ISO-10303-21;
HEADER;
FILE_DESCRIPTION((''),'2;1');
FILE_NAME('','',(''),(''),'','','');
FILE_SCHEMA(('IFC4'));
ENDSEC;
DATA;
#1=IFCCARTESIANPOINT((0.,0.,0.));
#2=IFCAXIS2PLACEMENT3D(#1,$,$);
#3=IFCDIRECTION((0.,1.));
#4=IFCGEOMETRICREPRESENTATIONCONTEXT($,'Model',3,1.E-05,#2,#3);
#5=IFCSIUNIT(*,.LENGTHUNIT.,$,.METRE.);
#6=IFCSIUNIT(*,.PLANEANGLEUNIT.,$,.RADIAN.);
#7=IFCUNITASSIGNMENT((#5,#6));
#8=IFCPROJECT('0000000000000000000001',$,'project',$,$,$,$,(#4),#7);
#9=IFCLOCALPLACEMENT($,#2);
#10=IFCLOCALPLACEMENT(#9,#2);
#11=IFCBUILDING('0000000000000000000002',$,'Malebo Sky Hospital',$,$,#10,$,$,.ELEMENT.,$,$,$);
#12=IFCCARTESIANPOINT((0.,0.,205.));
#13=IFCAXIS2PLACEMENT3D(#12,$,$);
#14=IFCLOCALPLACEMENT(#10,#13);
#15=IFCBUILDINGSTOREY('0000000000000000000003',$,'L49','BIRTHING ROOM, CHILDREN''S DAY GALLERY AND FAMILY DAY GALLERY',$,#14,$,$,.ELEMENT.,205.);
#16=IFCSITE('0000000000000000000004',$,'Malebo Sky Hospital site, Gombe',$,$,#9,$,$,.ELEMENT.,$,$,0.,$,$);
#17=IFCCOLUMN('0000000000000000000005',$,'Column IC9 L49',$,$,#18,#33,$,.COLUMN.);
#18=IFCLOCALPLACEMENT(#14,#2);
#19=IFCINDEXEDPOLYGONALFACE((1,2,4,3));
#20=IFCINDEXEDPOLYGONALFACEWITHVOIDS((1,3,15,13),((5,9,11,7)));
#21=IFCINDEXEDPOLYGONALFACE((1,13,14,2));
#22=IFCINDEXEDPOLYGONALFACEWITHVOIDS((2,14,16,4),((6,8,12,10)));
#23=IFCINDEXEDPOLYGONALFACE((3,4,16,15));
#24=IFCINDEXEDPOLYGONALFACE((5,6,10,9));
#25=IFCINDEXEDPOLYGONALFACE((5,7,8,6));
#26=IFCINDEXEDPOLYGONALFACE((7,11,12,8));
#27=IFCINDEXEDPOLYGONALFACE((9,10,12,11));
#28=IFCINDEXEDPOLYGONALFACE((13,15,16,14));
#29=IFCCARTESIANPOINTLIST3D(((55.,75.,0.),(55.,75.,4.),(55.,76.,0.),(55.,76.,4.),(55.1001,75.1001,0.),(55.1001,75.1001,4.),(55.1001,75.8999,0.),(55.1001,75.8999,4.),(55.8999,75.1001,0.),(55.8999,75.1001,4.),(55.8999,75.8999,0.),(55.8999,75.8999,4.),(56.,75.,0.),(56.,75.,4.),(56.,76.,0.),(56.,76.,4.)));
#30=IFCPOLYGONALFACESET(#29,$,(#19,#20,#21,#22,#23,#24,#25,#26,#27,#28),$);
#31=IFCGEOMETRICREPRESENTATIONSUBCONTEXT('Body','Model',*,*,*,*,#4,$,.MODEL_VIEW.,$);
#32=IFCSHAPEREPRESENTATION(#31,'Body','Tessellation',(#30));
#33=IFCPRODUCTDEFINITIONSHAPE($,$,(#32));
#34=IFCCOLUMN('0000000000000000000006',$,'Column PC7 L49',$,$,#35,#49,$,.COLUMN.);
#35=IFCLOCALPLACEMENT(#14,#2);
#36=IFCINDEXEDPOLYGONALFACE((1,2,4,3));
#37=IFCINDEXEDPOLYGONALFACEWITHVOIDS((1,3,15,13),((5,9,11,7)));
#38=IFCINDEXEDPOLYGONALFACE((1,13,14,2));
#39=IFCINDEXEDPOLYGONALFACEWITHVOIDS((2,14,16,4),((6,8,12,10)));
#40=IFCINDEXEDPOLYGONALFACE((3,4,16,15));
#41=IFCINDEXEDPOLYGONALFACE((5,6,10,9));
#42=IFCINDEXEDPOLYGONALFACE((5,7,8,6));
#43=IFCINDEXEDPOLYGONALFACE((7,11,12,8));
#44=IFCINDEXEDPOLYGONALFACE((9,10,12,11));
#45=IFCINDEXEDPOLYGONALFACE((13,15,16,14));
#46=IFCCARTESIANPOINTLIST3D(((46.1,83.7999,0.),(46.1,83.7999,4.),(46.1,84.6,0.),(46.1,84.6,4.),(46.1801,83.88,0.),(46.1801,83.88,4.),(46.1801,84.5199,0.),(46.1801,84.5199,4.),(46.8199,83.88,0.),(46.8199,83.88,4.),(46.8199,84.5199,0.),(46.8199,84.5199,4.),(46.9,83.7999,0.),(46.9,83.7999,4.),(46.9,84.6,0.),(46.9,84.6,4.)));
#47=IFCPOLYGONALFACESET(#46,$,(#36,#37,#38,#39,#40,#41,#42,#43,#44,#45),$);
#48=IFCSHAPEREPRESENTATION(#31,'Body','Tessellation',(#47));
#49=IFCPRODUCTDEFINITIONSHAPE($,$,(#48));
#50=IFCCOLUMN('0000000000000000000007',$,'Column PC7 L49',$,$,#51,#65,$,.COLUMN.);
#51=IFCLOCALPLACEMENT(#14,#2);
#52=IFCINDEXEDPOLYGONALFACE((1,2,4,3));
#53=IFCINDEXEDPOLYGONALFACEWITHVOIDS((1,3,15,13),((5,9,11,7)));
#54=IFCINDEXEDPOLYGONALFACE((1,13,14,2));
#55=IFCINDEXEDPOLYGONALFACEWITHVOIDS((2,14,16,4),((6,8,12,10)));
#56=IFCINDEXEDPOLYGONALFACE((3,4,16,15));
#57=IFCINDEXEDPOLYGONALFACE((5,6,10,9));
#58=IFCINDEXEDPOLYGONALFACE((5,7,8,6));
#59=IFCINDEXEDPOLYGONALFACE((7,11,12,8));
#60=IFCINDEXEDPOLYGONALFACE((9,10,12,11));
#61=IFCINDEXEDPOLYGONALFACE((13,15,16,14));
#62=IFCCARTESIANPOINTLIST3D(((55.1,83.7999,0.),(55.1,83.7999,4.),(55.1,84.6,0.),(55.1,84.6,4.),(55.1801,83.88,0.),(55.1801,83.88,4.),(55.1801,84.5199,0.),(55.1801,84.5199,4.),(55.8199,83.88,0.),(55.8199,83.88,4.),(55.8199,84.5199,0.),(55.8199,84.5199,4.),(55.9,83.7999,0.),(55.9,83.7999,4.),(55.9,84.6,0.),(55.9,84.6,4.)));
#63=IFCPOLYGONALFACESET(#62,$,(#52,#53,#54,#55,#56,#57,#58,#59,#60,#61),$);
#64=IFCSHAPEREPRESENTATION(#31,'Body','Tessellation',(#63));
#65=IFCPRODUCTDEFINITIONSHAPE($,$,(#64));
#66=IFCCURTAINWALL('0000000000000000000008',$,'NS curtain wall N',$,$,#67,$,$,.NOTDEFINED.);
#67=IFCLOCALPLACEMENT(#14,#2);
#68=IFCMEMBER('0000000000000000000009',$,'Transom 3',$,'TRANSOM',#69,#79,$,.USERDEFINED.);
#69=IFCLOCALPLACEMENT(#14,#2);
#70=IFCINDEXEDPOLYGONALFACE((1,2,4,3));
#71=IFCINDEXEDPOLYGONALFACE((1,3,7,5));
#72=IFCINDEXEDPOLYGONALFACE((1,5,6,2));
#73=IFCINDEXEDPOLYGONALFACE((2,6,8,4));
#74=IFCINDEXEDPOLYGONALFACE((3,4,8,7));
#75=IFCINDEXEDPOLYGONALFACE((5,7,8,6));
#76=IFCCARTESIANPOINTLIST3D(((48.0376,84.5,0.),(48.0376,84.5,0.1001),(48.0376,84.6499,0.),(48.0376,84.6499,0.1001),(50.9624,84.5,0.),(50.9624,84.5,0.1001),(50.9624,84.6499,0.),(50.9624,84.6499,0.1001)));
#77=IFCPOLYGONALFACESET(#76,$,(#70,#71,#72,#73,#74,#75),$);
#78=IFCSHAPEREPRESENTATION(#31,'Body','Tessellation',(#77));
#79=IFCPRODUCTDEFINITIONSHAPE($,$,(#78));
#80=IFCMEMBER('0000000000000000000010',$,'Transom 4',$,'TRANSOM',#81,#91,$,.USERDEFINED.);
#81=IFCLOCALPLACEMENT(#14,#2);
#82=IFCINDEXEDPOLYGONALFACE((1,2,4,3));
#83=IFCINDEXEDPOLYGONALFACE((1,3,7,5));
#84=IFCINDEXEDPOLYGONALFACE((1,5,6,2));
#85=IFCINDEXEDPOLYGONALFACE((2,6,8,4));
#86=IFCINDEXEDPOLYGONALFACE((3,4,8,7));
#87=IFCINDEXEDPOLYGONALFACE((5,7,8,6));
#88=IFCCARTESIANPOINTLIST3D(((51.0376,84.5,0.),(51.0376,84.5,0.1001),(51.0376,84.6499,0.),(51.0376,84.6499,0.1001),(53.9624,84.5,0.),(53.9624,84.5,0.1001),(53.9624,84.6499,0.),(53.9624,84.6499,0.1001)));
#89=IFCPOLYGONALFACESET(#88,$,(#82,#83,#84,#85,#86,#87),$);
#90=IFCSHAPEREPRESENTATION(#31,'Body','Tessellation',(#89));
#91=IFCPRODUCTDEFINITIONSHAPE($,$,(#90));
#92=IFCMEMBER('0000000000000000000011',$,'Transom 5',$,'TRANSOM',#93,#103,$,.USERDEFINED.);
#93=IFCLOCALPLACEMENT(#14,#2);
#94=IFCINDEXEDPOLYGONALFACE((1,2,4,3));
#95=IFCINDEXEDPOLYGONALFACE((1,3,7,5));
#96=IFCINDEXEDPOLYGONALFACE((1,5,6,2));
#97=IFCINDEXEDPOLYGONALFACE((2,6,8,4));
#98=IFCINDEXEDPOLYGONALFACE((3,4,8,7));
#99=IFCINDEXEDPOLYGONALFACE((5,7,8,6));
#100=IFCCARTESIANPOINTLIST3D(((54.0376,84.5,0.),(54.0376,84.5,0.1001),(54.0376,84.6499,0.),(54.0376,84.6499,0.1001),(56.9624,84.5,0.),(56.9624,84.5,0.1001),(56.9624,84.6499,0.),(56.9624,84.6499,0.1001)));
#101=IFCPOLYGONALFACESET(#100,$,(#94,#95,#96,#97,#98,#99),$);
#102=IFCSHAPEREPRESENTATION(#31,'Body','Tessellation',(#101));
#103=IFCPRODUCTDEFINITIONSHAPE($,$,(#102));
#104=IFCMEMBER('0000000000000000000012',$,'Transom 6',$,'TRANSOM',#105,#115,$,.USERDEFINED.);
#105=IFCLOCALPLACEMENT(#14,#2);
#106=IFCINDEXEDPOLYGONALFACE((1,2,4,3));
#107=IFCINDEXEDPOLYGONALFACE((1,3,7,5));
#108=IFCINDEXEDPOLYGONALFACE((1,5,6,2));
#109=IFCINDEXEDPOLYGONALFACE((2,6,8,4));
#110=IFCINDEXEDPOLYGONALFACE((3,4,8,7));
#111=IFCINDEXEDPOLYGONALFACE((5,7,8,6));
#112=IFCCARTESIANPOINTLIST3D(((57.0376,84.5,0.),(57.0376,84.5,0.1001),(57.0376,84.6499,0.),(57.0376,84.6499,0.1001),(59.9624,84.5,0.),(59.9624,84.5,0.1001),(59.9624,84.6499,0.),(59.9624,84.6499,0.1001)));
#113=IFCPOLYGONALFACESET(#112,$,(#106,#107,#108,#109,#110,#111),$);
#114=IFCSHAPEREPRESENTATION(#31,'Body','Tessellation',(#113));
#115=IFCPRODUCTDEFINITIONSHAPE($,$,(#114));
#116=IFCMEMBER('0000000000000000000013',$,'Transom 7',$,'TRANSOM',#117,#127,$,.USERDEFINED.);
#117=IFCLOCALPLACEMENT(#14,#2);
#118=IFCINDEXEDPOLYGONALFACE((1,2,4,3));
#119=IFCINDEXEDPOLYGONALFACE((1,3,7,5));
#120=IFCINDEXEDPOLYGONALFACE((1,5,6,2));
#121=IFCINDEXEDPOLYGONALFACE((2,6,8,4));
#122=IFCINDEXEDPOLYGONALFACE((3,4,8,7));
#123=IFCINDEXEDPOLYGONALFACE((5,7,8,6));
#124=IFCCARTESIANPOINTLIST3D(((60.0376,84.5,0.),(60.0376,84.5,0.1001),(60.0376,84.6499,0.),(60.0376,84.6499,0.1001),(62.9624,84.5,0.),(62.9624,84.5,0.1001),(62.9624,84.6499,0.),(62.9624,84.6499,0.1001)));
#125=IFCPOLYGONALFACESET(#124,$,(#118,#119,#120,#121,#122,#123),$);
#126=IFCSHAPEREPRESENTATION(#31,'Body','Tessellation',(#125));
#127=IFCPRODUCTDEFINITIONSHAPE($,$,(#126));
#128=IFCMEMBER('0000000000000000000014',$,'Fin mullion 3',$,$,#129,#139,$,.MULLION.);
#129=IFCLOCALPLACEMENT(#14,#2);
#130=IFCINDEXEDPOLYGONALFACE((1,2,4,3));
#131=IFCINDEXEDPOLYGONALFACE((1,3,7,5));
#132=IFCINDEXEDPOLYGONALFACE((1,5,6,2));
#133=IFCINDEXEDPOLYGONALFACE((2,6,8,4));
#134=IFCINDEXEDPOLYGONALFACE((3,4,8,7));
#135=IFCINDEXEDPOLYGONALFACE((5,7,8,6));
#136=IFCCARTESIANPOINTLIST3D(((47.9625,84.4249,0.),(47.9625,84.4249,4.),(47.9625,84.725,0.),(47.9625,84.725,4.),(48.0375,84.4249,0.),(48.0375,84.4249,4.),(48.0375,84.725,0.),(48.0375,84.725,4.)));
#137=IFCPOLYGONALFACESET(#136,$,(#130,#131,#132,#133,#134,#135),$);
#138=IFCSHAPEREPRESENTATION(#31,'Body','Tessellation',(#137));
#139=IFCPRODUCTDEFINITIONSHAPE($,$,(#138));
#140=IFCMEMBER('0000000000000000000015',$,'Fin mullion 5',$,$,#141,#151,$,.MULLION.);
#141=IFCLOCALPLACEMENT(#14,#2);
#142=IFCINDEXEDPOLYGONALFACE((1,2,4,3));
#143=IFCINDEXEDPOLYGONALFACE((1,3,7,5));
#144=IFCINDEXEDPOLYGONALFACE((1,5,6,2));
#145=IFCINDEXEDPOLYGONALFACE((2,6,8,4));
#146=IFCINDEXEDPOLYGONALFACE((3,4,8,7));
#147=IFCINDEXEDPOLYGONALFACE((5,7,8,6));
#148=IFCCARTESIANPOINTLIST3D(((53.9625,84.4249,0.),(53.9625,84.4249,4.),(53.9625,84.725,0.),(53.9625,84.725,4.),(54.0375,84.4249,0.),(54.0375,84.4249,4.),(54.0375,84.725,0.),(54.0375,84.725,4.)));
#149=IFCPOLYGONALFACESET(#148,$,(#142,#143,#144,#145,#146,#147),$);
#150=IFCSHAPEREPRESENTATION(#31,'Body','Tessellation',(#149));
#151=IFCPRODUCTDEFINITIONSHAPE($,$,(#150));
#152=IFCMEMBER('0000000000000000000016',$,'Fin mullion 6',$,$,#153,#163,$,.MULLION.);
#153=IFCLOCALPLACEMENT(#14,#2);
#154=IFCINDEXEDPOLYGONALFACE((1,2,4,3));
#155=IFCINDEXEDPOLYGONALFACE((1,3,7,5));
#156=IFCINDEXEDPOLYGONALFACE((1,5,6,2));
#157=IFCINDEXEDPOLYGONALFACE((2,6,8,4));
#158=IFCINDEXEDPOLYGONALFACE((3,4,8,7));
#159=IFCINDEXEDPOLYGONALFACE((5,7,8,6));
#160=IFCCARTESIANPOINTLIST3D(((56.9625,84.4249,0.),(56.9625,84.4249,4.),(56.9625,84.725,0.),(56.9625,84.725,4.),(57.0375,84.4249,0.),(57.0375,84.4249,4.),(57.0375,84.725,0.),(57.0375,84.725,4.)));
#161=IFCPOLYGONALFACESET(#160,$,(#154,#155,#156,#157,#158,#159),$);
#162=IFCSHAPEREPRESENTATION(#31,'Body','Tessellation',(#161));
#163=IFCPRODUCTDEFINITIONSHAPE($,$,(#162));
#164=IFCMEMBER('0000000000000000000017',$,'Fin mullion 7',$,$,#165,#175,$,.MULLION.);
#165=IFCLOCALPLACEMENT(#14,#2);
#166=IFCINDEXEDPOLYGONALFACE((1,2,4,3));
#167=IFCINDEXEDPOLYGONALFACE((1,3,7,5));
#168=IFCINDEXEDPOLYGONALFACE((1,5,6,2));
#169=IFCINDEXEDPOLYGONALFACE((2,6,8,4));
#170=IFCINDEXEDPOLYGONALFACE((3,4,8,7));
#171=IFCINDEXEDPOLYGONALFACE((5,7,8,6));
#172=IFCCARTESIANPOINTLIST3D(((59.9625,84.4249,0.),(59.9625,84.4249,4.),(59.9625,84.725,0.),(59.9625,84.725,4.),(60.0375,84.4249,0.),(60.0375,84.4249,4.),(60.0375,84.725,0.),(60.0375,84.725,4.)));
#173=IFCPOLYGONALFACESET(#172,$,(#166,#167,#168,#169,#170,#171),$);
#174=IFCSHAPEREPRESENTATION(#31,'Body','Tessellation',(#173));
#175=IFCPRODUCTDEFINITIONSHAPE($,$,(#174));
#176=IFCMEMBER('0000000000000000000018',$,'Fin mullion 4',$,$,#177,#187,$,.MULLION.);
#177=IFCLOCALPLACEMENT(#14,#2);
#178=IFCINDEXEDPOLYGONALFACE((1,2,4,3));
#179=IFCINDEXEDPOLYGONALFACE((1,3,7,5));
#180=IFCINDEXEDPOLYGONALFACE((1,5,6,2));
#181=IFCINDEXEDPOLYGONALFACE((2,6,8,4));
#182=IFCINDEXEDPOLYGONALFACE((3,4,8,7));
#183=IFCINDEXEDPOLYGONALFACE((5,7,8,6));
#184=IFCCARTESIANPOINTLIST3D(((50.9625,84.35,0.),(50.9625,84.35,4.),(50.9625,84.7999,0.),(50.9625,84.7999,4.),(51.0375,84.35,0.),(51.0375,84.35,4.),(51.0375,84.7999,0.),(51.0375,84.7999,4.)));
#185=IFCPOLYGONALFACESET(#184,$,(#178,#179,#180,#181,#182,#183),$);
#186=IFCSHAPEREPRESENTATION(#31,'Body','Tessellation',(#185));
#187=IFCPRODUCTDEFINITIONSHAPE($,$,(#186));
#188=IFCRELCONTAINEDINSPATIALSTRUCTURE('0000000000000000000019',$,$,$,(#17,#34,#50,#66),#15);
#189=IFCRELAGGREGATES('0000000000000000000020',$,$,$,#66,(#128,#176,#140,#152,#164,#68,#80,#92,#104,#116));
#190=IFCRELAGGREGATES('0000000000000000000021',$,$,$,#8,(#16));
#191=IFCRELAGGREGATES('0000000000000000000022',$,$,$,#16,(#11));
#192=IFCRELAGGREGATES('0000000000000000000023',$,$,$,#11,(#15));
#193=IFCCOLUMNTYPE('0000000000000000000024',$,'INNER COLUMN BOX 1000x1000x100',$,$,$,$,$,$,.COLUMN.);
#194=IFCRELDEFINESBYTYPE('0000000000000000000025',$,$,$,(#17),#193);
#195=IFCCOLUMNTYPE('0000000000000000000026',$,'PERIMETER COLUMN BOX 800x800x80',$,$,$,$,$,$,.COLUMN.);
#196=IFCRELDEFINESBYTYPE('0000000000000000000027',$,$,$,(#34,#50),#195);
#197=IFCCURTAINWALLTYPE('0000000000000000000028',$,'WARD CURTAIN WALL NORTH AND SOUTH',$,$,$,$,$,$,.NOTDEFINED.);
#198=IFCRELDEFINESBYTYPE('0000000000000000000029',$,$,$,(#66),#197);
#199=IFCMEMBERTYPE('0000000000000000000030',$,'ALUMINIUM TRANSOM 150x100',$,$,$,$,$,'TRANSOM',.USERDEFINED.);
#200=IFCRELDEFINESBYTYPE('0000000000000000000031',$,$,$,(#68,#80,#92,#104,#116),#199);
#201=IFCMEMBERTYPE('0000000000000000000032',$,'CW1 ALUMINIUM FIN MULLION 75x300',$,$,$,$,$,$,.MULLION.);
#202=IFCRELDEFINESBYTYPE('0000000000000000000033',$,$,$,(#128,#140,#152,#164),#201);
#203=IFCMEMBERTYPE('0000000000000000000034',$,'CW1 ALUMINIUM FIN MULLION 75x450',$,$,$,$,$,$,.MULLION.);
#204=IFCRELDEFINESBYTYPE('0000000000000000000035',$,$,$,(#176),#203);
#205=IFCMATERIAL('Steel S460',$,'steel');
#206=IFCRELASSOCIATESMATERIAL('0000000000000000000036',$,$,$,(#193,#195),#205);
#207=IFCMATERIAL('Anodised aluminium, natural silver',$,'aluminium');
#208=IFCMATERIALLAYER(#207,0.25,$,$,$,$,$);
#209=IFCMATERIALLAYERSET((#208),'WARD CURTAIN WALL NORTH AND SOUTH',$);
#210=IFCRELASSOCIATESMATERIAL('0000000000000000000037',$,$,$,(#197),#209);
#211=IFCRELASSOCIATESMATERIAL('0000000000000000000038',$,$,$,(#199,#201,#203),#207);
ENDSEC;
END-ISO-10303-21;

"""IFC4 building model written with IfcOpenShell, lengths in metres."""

from ifc_helpers import new_model, si_unit, direction, frame, origin, origin_2d, place, context, subcontext, project, spatial, rectangle, hollow_rectangle, extrude, material, layer, layer_set, material_profile, profile_set, type_object, element, aggregate, save


model = new_model("IFC4")

# Units and contexts
model_context = context("Model", 3, precision=1e-05, world=origin(), true_north=direction((0.0, 1.0)))
body_context = subcontext(model_context, "Body", "Model", "MODEL_VIEW")
ifc_project = project(units=[si_unit("LENGTHUNIT", "METRE"), si_unit("PLANEANGLEUNIT", "RADIAN")], contexts=[model_context])

# Site, building, storey
site_placement = place(None, origin())
site = spatial("IfcSite", under=ifc_project, at=site_placement, Name="Malebo Sky Hospital site, Gombe", CompositionType="ELEMENT", RefElevation=0.0)
building_placement = place(site_placement, origin())
building = spatial("IfcBuilding", under=site, at=building_placement, Name="Malebo Sky Hospital", CompositionType="ELEMENT")
storey_placement = place(building_placement, frame((0.0, 0.0, 205.0)))
storey = spatial("IfcBuildingStorey", under=building, at=storey_placement, Name="L49", Description="BIRTHING ROOM, CHILDREN'S DAY GALLERY AND FAMILY DAY GALLERY", CompositionType="ELEMENT", Elevation=205.0)

# Columns
ifc_material_1 = material(Name="Steel S460", Category="steel")
ifc_material_profile_1 = material_profile(ifc_material_1, hollow_rectangle(XDim=1.0, YDim=1.0, WallThickness=0.1001, at=origin_2d()), Name="BOX 1000x1000x100")
ifc_profile_set_1 = profile_set([ifc_material_profile_1], Name="Steel S460")
column_type_1 = type_object("IfcColumnType", Name="INNER COLUMN BOX 1000x1000x100", PredefinedType="COLUMN", material=ifc_profile_set_1)
column_placement = place(storey_placement, frame((55.5, 75.5, 0.0), z_axis=(0.0, 0.0, 1.0), x_axis=(1.0, 0.0, 0.0)))
element("IfcColumn", 1, at=column_placement, inside=storey, type_object=column_type_1, Name="Column IC9 L49", PredefinedType="COLUMN", context=body_context, shape_type="SweptSolid", body=[
    extrude(hollow_rectangle(XDim=1.0, YDim=1.0, WallThickness=0.1001, at=origin_2d()), origin(), (0.0, 0.0, 1.0), 4.0),
])
ifc_material_profile_2 = material_profile(ifc_material_1, hollow_rectangle(XDim=0.8, YDim=0.8, WallThickness=0.0801, at=origin_2d()), Name="BOX 800x800x80")
ifc_profile_set_2 = profile_set([ifc_material_profile_2], Name="Steel S460")
column_type_2 = type_object("IfcColumnType", Name="PERIMETER COLUMN BOX 800x800x80", PredefinedType="COLUMN", material=ifc_profile_set_2)
for number, where, z_axis, x_axis, name in (
    (2, (46.5, 84.2, 0.0), (0.0, 0.0, 1.0), (1.0, 0.0, 0.0), "Column PC7 L49"),
    (3, (55.5, 84.2, 0.0), (0.0, 0.0, 1.0), (1.0, 0.0, 0.0), "Column PC7 L49"),
):
    element("IfcColumn", number, at=place(storey_placement, frame(where, z_axis=z_axis, x_axis=x_axis)), inside=storey, type_object=column_type_2, Name=name, PredefinedType="COLUMN", context=body_context, shape_type="SweptSolid", body=[
        extrude(hollow_rectangle(XDim=0.8, YDim=0.8, WallThickness=0.0801, at=origin_2d()), origin(), (0.0, 0.0, 1.0), 4.0),
    ])

# Curtain wall, members
ifc_material_2 = material(Name="Anodised aluminium, natural silver", Category="aluminium")
ifc_layer_1 = layer(ifc_material_2, 0.25)
ifc_layer_set_1 = layer_set([ifc_layer_1], Name="WARD CURTAIN WALL NORTH AND SOUTH")
curtain_wall_type = type_object("IfcCurtainWallType", Name="WARD CURTAIN WALL NORTH AND SOUTH", PredefinedType="NOTDEFINED", material=ifc_layer_set_1)
curtain_wall_placement = place(storey_placement, origin())
curtain_wall = element("IfcCurtainWall", 4, at=curtain_wall_placement, inside=storey, type_object=curtain_wall_type, Name="NS curtain wall N", PredefinedType="NOTDEFINED")
ifc_material_profile_3 = material_profile(ifc_material_2, rectangle(XDim=0.1499, YDim=0.1001, at=origin_2d()), Name="ALUMINIUM TRANSOM 150x100")
ifc_profile_set_3 = profile_set([ifc_material_profile_3], Name="Anodised aluminium, natural silver")
member_type_1 = type_object("IfcMemberType", Name="ALUMINIUM TRANSOM 150x100", ElementType="TRANSOM", PredefinedType="USERDEFINED", material=ifc_profile_set_3)
member_1_placement = place(storey_placement, frame((48.0376, 84.575, 0.05), z_axis=(1.0, 0.0, 0.0), x_axis=(0.0, 1.0, 0.0)))
member_1 = element("IfcMember", 5, at=member_1_placement, type_object=member_type_1, Name="Transom 3", ObjectType="TRANSOM", PredefinedType="USERDEFINED", context=body_context, shape_type="SweptSolid", body=[
    extrude(rectangle(XDim=0.1499, YDim=0.1001, at=origin_2d()), origin(), (0.0, 0.0, 1.0), 2.9248),
])
member_2_placement = place(storey_placement, frame((51.0376, 84.575, 0.05), z_axis=(1.0, 0.0, 0.0), x_axis=(0.0, 1.0, 0.0)))
member_2 = element("IfcMember", 6, at=member_2_placement, type_object=member_type_1, Name="Transom 4", ObjectType="TRANSOM", PredefinedType="USERDEFINED", context=body_context, shape_type="SweptSolid", body=[
    extrude(rectangle(XDim=0.1499, YDim=0.1001, at=origin_2d()), origin(), (0.0, 0.0, 1.0), 2.9248),
])
member_3_placement = place(storey_placement, frame((54.0376, 84.575, 0.05), z_axis=(1.0, 0.0, 0.0), x_axis=(0.0, 1.0, 0.0)))
member_3 = element("IfcMember", 7, at=member_3_placement, type_object=member_type_1, Name="Transom 5", ObjectType="TRANSOM", PredefinedType="USERDEFINED", context=body_context, shape_type="SweptSolid", body=[
    extrude(rectangle(XDim=0.1499, YDim=0.1001, at=origin_2d()), origin(), (0.0, 0.0, 1.0), 2.9248),
])
member_4_placement = place(storey_placement, frame((57.0376, 84.575, 0.05), z_axis=(1.0, 0.0, 0.0), x_axis=(0.0, 1.0, 0.0)))
member_4 = element("IfcMember", 8, at=member_4_placement, type_object=member_type_1, Name="Transom 6", ObjectType="TRANSOM", PredefinedType="USERDEFINED", context=body_context, shape_type="SweptSolid", body=[
    extrude(rectangle(XDim=0.1499, YDim=0.1001, at=origin_2d()), origin(), (0.0, 0.0, 1.0), 2.9248),
])
member_5_placement = place(storey_placement, frame((60.0376, 84.575, 0.05), z_axis=(1.0, 0.0, 0.0), x_axis=(0.0, 1.0, 0.0)))
member_5 = element("IfcMember", 9, at=member_5_placement, type_object=member_type_1, Name="Transom 7", ObjectType="TRANSOM", PredefinedType="USERDEFINED", context=body_context, shape_type="SweptSolid", body=[
    extrude(rectangle(XDim=0.1499, YDim=0.1001, at=origin_2d()), origin(), (0.0, 0.0, 1.0), 2.9248),
])
ifc_material_profile_4 = material_profile(ifc_material_2, rectangle(XDim=0.075, YDim=0.3, at=origin_2d()), Name="CW1 ALUMINIUM FIN MULLION 75x300")
ifc_profile_set_4 = profile_set([ifc_material_profile_4], Name="Anodised aluminium, natural silver")
member_type_2 = type_object("IfcMemberType", Name="CW1 ALUMINIUM FIN MULLION 75x300", PredefinedType="MULLION", material=ifc_profile_set_4)
member_6_placement = place(storey_placement, frame((48.0, 84.575, 0.0), z_axis=(0.0, 0.0, 1.0), x_axis=(1.0, 0.0, 0.0)))
member_6 = element("IfcMember", 10, at=member_6_placement, type_object=member_type_2, Name="Fin mullion 3", PredefinedType="MULLION", context=body_context, shape_type="SweptSolid", body=[
    extrude(rectangle(XDim=0.075, YDim=0.3, at=origin_2d()), origin(), (0.0, 0.0, 1.0), 4.0),
])
member_7_placement = place(storey_placement, frame((54.0, 84.575, 0.0), z_axis=(0.0, 0.0, 1.0), x_axis=(1.0, 0.0, 0.0)))
member_7 = element("IfcMember", 11, at=member_7_placement, type_object=member_type_2, Name="Fin mullion 5", PredefinedType="MULLION", context=body_context, shape_type="SweptSolid", body=[
    extrude(rectangle(XDim=0.075, YDim=0.3, at=origin_2d()), origin(), (0.0, 0.0, 1.0), 4.0),
])
member_8_placement = place(storey_placement, frame((57.0, 84.575, 0.0), z_axis=(0.0, 0.0, 1.0), x_axis=(1.0, 0.0, 0.0)))
member_8 = element("IfcMember", 12, at=member_8_placement, type_object=member_type_2, Name="Fin mullion 6", PredefinedType="MULLION", context=body_context, shape_type="SweptSolid", body=[
    extrude(rectangle(XDim=0.075, YDim=0.3, at=origin_2d()), origin(), (0.0, 0.0, 1.0), 4.0),
])
member_9_placement = place(storey_placement, frame((60.0, 84.575, 0.0), z_axis=(0.0, 0.0, 1.0), x_axis=(1.0, 0.0, 0.0)))
member_9 = element("IfcMember", 13, at=member_9_placement, type_object=member_type_2, Name="Fin mullion 7", PredefinedType="MULLION", context=body_context, shape_type="SweptSolid", body=[
    extrude(rectangle(XDim=0.075, YDim=0.3, at=origin_2d()), origin(), (0.0, 0.0, 1.0), 4.0),
])
ifc_material_profile_5 = material_profile(ifc_material_2, rectangle(XDim=0.075, YDim=0.45, at=origin_2d()), Name="CW1 ALUMINIUM FIN MULLION 75x450")
ifc_profile_set_5 = profile_set([ifc_material_profile_5], Name="Anodised aluminium, natural silver")
member_type_3 = type_object("IfcMemberType", Name="CW1 ALUMINIUM FIN MULLION 75x450", PredefinedType="MULLION", material=ifc_profile_set_5)
member_10_placement = place(storey_placement, frame((51.0, 84.575, 0.0), z_axis=(0.0, 0.0, 1.0), x_axis=(1.0, 0.0, 0.0)))
member_10 = element("IfcMember", 14, at=member_10_placement, type_object=member_type_3, Name="Fin mullion 4", PredefinedType="MULLION", context=body_context, shape_type="SweptSolid", body=[
    extrude(rectangle(XDim=0.075, YDim=0.45, at=origin_2d()), origin(), (0.0, 0.0, 1.0), 4.0),
])

aggregate(curtain_wall, [member_6, member_10, member_7, member_8, member_9, member_1, member_2, member_3, member_4, member_5])

save(model, "model.ifc")
